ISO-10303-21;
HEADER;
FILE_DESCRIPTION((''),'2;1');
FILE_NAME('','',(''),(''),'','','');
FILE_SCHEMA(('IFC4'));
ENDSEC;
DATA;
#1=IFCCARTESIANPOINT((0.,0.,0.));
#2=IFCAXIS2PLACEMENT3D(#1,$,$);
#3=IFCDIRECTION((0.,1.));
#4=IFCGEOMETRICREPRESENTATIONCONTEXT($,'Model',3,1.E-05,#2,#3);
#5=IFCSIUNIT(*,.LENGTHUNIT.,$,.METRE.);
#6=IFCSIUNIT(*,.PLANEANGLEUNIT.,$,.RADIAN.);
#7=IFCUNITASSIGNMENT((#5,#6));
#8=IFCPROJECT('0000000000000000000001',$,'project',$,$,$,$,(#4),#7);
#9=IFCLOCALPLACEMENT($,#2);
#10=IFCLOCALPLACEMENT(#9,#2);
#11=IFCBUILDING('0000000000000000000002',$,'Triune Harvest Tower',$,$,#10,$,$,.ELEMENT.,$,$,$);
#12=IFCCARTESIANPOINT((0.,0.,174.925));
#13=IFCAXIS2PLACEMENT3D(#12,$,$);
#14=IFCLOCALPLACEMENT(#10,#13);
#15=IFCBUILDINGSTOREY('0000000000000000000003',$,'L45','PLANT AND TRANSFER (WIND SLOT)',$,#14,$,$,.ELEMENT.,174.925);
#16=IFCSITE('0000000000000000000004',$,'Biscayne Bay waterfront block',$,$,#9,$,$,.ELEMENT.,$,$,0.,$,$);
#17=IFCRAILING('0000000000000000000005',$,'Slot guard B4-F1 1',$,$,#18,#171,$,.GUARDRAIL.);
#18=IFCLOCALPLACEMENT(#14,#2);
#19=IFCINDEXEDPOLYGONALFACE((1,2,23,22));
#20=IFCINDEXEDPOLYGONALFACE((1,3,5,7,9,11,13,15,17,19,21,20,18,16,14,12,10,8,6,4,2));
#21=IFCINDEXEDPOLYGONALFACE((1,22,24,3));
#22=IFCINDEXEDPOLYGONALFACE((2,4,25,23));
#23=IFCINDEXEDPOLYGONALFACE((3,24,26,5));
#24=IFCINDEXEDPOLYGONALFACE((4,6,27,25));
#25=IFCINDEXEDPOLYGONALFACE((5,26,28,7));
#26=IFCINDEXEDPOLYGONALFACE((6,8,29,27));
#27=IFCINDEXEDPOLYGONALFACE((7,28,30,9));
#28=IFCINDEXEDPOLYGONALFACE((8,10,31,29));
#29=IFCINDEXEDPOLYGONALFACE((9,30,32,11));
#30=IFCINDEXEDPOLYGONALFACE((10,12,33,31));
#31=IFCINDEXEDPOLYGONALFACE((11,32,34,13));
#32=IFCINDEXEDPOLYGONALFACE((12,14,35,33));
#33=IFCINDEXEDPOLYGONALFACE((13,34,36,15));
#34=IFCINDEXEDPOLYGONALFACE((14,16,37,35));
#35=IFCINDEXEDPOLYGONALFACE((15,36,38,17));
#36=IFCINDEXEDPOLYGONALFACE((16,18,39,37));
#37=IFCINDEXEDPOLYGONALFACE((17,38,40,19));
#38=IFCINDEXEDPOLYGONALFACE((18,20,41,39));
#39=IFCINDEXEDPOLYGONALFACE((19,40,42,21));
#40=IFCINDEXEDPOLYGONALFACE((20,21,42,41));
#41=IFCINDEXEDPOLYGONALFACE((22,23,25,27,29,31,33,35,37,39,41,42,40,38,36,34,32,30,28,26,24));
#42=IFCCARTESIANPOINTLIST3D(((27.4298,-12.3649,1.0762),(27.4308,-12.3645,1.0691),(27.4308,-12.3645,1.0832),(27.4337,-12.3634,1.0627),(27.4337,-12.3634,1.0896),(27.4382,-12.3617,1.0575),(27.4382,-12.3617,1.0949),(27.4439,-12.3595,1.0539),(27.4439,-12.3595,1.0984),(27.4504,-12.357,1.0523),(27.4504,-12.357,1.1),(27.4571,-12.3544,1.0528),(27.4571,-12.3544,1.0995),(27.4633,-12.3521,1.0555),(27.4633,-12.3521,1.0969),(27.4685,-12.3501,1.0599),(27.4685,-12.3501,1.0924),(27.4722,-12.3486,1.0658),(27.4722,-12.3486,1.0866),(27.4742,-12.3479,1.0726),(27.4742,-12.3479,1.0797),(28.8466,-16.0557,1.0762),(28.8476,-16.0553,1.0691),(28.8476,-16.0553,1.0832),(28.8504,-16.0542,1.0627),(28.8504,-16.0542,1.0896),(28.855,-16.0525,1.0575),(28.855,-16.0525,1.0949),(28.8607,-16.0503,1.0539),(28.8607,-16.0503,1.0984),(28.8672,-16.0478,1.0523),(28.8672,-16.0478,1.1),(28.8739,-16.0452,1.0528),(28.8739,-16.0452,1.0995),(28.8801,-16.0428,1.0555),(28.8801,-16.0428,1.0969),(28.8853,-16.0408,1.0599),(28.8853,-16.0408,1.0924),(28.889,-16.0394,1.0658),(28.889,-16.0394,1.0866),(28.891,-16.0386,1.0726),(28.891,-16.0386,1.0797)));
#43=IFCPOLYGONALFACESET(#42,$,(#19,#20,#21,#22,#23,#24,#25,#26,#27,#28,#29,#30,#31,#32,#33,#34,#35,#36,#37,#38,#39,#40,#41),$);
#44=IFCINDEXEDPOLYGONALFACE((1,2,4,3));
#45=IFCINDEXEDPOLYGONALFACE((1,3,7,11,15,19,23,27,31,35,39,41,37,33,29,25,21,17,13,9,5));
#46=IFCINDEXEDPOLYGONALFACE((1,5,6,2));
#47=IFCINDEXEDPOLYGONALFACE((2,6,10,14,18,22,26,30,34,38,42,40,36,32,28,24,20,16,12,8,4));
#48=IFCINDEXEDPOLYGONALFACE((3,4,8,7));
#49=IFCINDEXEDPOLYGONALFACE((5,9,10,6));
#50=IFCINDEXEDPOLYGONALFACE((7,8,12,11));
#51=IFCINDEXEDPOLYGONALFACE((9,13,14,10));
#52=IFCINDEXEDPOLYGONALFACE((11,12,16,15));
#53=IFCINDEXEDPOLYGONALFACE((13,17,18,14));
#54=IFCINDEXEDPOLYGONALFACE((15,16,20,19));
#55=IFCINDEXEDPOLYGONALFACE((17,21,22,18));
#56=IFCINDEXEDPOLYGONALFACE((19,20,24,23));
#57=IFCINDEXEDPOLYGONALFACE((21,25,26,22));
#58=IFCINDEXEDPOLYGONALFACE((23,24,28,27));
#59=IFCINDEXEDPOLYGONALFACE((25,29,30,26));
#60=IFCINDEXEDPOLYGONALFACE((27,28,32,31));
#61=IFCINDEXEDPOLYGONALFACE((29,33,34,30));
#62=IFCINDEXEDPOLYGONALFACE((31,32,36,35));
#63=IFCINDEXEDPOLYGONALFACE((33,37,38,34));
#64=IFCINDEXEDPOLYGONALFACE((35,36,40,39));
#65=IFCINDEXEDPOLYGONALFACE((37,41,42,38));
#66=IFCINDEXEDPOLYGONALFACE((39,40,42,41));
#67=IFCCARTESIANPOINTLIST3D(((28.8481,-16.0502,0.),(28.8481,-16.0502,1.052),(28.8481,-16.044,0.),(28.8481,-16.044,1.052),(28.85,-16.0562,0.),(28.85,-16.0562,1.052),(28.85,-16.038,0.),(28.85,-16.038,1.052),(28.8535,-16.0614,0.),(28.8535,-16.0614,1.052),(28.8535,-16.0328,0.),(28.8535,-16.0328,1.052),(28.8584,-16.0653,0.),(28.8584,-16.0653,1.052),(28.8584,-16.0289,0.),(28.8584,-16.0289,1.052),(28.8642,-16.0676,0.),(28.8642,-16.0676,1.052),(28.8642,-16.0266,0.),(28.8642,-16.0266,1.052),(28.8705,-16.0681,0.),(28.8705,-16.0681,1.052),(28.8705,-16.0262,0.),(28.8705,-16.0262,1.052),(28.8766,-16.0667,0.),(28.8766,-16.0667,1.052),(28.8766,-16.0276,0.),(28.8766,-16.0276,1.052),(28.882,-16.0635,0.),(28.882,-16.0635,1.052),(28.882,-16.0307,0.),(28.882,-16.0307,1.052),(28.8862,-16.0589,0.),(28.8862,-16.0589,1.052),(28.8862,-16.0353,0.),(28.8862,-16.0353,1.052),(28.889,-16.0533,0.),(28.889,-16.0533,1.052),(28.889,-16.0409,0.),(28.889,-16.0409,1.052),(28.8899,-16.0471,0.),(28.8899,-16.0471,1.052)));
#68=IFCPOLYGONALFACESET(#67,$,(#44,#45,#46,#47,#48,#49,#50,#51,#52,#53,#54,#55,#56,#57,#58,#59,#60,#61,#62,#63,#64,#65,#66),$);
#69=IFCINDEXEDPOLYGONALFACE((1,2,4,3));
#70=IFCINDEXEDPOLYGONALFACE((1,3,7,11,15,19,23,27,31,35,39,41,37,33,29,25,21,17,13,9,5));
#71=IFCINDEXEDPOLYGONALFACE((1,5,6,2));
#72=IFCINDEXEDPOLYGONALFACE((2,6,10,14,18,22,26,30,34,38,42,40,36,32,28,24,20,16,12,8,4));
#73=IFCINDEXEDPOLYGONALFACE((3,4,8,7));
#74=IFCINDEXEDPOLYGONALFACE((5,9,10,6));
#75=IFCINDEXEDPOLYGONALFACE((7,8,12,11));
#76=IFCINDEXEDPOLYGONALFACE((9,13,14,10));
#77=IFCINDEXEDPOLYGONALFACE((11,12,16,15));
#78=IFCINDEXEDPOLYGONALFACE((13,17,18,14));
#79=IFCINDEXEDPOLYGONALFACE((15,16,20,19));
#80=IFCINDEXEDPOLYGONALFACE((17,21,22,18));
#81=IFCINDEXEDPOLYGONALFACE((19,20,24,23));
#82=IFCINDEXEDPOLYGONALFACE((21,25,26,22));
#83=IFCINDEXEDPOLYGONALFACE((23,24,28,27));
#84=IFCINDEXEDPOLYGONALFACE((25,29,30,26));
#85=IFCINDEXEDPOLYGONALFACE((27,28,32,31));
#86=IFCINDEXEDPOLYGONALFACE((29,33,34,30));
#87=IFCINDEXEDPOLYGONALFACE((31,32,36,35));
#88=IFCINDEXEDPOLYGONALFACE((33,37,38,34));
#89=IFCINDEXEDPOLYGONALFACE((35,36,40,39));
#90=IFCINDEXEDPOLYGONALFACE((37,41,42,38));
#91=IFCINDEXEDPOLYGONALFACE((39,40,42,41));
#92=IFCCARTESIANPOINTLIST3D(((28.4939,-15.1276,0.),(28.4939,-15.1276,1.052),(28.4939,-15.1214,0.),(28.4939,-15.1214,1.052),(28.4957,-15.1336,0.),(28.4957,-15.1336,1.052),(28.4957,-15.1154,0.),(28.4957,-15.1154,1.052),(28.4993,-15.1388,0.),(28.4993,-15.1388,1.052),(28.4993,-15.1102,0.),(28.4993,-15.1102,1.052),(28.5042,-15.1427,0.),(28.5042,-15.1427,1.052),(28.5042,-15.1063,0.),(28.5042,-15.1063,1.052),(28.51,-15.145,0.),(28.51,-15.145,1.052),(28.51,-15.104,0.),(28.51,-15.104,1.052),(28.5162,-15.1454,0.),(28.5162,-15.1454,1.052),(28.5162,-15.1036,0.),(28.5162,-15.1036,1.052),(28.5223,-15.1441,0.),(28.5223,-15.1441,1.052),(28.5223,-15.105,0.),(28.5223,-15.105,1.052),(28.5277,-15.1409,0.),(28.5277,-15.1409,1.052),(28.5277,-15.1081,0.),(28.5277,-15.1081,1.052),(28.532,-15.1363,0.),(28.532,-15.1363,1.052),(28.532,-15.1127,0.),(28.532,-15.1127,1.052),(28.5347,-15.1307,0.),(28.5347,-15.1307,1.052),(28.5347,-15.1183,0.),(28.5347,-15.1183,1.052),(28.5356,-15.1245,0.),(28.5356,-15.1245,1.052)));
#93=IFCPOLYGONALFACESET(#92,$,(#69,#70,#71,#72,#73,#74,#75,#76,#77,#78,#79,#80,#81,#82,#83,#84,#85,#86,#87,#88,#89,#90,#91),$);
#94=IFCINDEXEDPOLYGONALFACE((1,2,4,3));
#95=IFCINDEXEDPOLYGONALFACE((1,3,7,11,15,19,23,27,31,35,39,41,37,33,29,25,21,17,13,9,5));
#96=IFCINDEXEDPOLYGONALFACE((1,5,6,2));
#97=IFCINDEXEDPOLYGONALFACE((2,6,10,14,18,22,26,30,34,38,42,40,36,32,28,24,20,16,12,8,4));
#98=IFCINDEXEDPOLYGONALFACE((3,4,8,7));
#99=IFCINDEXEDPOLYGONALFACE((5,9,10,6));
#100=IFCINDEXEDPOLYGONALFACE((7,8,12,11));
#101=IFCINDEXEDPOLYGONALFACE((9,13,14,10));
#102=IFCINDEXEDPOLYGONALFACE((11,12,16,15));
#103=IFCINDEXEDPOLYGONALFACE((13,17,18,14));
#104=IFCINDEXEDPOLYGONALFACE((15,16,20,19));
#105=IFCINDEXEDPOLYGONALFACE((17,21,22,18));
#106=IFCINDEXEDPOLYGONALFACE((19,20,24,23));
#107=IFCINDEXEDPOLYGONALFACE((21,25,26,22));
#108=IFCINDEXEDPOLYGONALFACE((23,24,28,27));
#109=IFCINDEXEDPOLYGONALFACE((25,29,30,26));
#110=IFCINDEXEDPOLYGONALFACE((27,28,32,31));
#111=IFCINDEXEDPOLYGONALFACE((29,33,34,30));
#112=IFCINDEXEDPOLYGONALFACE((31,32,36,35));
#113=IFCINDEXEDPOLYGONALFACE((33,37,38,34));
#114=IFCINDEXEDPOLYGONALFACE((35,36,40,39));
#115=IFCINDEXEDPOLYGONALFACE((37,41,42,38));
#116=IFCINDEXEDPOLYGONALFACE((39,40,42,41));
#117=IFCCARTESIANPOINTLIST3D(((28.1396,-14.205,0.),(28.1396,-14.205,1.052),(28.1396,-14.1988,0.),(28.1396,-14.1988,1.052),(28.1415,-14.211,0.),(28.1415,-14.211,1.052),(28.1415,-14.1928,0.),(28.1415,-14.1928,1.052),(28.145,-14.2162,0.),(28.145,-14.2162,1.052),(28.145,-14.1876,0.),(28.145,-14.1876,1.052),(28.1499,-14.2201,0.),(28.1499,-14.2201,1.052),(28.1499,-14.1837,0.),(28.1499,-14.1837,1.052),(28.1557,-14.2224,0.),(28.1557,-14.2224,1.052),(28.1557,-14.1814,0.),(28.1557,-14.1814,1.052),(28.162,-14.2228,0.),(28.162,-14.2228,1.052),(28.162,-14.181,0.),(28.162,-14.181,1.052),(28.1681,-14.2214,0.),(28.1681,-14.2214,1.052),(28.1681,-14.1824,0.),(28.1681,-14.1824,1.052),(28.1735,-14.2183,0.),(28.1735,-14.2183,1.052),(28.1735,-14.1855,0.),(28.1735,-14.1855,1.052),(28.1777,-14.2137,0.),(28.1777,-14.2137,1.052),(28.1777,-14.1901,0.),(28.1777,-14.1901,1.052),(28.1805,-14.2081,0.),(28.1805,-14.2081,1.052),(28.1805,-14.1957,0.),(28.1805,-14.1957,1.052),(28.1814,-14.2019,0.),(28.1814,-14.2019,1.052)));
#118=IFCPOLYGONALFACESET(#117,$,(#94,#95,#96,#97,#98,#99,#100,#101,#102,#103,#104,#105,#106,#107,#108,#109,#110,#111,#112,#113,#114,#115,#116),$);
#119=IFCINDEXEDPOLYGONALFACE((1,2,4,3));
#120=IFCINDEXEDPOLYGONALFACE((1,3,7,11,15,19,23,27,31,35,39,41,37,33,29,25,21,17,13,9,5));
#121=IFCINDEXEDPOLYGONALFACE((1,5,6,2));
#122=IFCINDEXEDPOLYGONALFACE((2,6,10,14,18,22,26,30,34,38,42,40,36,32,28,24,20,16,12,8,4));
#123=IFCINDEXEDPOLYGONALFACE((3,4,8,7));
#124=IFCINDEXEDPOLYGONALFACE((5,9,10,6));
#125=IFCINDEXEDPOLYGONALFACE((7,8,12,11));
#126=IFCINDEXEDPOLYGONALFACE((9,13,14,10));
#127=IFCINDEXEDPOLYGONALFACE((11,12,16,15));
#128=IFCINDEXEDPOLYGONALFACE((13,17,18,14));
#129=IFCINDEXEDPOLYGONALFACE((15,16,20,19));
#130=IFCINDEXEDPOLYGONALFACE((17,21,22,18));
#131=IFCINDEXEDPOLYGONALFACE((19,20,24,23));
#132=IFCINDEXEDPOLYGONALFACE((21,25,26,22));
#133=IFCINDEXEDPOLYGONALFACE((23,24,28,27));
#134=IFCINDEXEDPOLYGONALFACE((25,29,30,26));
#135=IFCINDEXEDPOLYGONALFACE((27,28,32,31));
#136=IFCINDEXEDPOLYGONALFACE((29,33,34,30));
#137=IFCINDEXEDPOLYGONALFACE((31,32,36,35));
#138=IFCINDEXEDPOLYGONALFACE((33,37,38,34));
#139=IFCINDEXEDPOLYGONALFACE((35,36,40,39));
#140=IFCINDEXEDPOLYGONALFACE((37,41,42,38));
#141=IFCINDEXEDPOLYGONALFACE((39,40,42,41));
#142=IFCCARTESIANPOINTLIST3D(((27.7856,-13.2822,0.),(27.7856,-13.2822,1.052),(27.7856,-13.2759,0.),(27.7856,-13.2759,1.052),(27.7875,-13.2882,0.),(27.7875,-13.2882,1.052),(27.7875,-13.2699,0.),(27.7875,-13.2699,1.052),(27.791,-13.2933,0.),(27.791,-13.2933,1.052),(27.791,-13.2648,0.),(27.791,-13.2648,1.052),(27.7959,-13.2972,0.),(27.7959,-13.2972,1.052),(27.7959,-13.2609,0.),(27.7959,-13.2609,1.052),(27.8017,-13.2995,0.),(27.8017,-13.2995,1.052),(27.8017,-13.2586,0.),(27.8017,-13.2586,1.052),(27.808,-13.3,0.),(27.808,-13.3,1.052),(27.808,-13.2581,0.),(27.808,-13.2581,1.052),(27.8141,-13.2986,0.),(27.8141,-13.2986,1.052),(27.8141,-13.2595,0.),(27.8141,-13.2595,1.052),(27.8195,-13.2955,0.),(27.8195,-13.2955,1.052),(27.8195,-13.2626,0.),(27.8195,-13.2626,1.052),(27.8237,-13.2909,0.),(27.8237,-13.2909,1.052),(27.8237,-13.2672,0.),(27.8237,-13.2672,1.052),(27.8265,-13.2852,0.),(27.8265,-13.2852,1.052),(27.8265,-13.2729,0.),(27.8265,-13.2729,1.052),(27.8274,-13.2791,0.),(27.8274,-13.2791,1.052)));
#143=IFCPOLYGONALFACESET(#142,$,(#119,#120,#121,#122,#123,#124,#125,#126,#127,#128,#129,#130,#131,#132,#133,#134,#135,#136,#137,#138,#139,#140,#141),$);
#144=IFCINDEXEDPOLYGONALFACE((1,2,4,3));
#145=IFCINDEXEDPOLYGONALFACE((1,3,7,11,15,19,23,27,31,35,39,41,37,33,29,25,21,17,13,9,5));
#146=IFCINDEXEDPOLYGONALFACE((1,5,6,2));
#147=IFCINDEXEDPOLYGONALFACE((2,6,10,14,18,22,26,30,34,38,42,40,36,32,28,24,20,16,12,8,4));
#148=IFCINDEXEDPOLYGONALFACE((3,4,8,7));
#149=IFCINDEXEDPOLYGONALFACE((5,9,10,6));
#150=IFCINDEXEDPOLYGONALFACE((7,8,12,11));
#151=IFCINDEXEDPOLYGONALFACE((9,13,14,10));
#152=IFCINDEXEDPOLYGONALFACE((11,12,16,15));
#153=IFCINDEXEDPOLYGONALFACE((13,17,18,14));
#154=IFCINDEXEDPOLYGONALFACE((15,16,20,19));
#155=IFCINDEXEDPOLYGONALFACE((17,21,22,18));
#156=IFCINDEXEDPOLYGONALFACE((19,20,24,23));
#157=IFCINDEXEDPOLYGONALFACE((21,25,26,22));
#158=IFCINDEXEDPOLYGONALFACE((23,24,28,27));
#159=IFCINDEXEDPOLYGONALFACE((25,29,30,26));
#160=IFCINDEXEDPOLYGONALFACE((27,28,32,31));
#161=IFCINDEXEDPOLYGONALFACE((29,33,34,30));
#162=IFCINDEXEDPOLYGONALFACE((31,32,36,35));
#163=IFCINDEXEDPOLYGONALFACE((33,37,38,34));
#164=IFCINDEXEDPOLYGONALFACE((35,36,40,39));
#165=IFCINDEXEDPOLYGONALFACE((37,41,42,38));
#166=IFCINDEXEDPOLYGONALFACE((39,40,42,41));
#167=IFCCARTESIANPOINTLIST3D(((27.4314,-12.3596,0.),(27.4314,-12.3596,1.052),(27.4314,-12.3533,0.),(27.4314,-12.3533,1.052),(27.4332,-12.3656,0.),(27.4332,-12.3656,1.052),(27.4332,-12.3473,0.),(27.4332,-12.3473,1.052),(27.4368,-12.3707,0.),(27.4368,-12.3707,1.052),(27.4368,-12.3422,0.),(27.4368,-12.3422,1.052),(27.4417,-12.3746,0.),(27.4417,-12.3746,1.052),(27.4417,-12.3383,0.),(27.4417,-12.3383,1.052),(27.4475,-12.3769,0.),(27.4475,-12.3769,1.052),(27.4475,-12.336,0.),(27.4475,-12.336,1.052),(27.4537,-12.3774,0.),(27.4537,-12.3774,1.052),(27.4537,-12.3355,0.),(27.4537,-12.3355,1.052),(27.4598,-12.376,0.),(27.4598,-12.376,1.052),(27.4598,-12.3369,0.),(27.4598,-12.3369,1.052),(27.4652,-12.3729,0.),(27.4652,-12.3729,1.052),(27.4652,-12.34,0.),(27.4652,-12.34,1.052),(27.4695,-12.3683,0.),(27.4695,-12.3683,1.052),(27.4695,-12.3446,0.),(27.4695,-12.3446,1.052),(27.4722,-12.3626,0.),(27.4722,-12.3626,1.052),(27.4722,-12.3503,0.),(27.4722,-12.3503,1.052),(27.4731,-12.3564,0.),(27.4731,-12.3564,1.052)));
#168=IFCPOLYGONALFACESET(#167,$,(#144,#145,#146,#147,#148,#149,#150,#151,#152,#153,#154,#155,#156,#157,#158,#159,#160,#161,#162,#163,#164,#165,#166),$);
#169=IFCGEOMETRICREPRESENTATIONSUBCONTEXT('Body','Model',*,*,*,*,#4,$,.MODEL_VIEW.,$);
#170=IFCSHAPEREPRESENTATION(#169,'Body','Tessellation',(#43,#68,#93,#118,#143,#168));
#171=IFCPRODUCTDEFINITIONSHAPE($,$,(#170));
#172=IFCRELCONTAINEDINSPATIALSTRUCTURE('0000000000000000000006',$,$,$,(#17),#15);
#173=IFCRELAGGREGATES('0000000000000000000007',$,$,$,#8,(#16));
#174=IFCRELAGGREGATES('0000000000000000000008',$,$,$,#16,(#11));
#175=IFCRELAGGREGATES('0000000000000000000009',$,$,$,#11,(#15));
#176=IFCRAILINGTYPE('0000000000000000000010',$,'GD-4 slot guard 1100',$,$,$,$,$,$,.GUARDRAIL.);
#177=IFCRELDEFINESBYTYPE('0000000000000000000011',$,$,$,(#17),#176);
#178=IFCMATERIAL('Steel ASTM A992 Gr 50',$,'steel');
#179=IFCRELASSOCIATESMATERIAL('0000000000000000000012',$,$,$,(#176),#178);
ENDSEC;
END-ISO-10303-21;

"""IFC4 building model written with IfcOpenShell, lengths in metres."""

from ifc_helpers import new_model, si_unit, direction, frame, origin, origin_2d, place, context, subcontext, project, spatial, circle, extrude, material, type_object, element, save


model = new_model("IFC4")

# Units and contexts
model_context = context("Model", 3, precision=1e-05, world=origin(), true_north=direction((0.0, 1.0)))
body_context = subcontext(model_context, "Body", "Model", "MODEL_VIEW")
ifc_project = project(units=[si_unit("LENGTHUNIT", "METRE"), si_unit("PLANEANGLEUNIT", "RADIAN")], contexts=[model_context])

# Site, building, storey
site_placement = place(None, origin())
site = spatial("IfcSite", under=ifc_project, at=site_placement, Name="Biscayne Bay waterfront block", CompositionType="ELEMENT", RefElevation=0.0)
building_placement = place(site_placement, origin())
building = spatial("IfcBuilding", under=site, at=building_placement, Name="Triune Harvest Tower", CompositionType="ELEMENT")
storey_placement = place(building_placement, frame((0.0, 0.0, 174.925)))
storey = spatial("IfcBuildingStorey", under=building, at=storey_placement, Name="L45", Description="PLANT AND TRANSFER (WIND SLOT)", CompositionType="ELEMENT", Elevation=174.925)

# Railing
ifc_material_1 = material(Name="Steel ASTM A992 Gr 50", Category="steel")
railing_type = type_object("IfcRailingType", Name="GD-4 slot guard 1100", PredefinedType="GUARDRAIL", material=ifc_material_1)
railing_placement = place(storey_placement, frame((28.8689, -16.0471, 0.0)))
element("IfcRailing", 1, at=railing_placement, inside=storey, type_object=railing_type, Name="Slot guard B4-F1 1", PredefinedType="GUARDRAIL", context=body_context, shape_type="SweptSolid", body=[
    extrude(circle(Radius=0.0239, at=origin_2d()), frame((0.0, 0.0, 1.0762), z_axis=(-0.358375, 0.933578, 0.0), x_axis=(-0.933578, -0.358375, 0.0)), (0.0, 0.0, 1.0), 3.9534),
    extrude(circle(Radius=0.021, at=origin_2d()), origin(), (0.0, 0.0, 1.0), 1.052),
    extrude(circle(Radius=0.021, at=origin_2d()), frame((-0.3542, 0.9226, 0.0)), (0.0, 0.0, 1.0), 1.052),
    extrude(circle(Radius=0.021, at=origin_2d()), frame((-0.7085, 1.8452, 0.0)), (0.0, 0.0, 1.0), 1.052),
    extrude(circle(Radius=0.021, at=origin_2d()), frame((-1.0625, 2.7681, 0.0)), (0.0, 0.0, 1.0), 1.052),
    extrude(circle(Radius=0.021, at=origin_2d()), frame((-1.4167, 3.6907, 0.0)), (0.0, 0.0, 1.0), 1.052),
])

save(model, "model.ifc")
